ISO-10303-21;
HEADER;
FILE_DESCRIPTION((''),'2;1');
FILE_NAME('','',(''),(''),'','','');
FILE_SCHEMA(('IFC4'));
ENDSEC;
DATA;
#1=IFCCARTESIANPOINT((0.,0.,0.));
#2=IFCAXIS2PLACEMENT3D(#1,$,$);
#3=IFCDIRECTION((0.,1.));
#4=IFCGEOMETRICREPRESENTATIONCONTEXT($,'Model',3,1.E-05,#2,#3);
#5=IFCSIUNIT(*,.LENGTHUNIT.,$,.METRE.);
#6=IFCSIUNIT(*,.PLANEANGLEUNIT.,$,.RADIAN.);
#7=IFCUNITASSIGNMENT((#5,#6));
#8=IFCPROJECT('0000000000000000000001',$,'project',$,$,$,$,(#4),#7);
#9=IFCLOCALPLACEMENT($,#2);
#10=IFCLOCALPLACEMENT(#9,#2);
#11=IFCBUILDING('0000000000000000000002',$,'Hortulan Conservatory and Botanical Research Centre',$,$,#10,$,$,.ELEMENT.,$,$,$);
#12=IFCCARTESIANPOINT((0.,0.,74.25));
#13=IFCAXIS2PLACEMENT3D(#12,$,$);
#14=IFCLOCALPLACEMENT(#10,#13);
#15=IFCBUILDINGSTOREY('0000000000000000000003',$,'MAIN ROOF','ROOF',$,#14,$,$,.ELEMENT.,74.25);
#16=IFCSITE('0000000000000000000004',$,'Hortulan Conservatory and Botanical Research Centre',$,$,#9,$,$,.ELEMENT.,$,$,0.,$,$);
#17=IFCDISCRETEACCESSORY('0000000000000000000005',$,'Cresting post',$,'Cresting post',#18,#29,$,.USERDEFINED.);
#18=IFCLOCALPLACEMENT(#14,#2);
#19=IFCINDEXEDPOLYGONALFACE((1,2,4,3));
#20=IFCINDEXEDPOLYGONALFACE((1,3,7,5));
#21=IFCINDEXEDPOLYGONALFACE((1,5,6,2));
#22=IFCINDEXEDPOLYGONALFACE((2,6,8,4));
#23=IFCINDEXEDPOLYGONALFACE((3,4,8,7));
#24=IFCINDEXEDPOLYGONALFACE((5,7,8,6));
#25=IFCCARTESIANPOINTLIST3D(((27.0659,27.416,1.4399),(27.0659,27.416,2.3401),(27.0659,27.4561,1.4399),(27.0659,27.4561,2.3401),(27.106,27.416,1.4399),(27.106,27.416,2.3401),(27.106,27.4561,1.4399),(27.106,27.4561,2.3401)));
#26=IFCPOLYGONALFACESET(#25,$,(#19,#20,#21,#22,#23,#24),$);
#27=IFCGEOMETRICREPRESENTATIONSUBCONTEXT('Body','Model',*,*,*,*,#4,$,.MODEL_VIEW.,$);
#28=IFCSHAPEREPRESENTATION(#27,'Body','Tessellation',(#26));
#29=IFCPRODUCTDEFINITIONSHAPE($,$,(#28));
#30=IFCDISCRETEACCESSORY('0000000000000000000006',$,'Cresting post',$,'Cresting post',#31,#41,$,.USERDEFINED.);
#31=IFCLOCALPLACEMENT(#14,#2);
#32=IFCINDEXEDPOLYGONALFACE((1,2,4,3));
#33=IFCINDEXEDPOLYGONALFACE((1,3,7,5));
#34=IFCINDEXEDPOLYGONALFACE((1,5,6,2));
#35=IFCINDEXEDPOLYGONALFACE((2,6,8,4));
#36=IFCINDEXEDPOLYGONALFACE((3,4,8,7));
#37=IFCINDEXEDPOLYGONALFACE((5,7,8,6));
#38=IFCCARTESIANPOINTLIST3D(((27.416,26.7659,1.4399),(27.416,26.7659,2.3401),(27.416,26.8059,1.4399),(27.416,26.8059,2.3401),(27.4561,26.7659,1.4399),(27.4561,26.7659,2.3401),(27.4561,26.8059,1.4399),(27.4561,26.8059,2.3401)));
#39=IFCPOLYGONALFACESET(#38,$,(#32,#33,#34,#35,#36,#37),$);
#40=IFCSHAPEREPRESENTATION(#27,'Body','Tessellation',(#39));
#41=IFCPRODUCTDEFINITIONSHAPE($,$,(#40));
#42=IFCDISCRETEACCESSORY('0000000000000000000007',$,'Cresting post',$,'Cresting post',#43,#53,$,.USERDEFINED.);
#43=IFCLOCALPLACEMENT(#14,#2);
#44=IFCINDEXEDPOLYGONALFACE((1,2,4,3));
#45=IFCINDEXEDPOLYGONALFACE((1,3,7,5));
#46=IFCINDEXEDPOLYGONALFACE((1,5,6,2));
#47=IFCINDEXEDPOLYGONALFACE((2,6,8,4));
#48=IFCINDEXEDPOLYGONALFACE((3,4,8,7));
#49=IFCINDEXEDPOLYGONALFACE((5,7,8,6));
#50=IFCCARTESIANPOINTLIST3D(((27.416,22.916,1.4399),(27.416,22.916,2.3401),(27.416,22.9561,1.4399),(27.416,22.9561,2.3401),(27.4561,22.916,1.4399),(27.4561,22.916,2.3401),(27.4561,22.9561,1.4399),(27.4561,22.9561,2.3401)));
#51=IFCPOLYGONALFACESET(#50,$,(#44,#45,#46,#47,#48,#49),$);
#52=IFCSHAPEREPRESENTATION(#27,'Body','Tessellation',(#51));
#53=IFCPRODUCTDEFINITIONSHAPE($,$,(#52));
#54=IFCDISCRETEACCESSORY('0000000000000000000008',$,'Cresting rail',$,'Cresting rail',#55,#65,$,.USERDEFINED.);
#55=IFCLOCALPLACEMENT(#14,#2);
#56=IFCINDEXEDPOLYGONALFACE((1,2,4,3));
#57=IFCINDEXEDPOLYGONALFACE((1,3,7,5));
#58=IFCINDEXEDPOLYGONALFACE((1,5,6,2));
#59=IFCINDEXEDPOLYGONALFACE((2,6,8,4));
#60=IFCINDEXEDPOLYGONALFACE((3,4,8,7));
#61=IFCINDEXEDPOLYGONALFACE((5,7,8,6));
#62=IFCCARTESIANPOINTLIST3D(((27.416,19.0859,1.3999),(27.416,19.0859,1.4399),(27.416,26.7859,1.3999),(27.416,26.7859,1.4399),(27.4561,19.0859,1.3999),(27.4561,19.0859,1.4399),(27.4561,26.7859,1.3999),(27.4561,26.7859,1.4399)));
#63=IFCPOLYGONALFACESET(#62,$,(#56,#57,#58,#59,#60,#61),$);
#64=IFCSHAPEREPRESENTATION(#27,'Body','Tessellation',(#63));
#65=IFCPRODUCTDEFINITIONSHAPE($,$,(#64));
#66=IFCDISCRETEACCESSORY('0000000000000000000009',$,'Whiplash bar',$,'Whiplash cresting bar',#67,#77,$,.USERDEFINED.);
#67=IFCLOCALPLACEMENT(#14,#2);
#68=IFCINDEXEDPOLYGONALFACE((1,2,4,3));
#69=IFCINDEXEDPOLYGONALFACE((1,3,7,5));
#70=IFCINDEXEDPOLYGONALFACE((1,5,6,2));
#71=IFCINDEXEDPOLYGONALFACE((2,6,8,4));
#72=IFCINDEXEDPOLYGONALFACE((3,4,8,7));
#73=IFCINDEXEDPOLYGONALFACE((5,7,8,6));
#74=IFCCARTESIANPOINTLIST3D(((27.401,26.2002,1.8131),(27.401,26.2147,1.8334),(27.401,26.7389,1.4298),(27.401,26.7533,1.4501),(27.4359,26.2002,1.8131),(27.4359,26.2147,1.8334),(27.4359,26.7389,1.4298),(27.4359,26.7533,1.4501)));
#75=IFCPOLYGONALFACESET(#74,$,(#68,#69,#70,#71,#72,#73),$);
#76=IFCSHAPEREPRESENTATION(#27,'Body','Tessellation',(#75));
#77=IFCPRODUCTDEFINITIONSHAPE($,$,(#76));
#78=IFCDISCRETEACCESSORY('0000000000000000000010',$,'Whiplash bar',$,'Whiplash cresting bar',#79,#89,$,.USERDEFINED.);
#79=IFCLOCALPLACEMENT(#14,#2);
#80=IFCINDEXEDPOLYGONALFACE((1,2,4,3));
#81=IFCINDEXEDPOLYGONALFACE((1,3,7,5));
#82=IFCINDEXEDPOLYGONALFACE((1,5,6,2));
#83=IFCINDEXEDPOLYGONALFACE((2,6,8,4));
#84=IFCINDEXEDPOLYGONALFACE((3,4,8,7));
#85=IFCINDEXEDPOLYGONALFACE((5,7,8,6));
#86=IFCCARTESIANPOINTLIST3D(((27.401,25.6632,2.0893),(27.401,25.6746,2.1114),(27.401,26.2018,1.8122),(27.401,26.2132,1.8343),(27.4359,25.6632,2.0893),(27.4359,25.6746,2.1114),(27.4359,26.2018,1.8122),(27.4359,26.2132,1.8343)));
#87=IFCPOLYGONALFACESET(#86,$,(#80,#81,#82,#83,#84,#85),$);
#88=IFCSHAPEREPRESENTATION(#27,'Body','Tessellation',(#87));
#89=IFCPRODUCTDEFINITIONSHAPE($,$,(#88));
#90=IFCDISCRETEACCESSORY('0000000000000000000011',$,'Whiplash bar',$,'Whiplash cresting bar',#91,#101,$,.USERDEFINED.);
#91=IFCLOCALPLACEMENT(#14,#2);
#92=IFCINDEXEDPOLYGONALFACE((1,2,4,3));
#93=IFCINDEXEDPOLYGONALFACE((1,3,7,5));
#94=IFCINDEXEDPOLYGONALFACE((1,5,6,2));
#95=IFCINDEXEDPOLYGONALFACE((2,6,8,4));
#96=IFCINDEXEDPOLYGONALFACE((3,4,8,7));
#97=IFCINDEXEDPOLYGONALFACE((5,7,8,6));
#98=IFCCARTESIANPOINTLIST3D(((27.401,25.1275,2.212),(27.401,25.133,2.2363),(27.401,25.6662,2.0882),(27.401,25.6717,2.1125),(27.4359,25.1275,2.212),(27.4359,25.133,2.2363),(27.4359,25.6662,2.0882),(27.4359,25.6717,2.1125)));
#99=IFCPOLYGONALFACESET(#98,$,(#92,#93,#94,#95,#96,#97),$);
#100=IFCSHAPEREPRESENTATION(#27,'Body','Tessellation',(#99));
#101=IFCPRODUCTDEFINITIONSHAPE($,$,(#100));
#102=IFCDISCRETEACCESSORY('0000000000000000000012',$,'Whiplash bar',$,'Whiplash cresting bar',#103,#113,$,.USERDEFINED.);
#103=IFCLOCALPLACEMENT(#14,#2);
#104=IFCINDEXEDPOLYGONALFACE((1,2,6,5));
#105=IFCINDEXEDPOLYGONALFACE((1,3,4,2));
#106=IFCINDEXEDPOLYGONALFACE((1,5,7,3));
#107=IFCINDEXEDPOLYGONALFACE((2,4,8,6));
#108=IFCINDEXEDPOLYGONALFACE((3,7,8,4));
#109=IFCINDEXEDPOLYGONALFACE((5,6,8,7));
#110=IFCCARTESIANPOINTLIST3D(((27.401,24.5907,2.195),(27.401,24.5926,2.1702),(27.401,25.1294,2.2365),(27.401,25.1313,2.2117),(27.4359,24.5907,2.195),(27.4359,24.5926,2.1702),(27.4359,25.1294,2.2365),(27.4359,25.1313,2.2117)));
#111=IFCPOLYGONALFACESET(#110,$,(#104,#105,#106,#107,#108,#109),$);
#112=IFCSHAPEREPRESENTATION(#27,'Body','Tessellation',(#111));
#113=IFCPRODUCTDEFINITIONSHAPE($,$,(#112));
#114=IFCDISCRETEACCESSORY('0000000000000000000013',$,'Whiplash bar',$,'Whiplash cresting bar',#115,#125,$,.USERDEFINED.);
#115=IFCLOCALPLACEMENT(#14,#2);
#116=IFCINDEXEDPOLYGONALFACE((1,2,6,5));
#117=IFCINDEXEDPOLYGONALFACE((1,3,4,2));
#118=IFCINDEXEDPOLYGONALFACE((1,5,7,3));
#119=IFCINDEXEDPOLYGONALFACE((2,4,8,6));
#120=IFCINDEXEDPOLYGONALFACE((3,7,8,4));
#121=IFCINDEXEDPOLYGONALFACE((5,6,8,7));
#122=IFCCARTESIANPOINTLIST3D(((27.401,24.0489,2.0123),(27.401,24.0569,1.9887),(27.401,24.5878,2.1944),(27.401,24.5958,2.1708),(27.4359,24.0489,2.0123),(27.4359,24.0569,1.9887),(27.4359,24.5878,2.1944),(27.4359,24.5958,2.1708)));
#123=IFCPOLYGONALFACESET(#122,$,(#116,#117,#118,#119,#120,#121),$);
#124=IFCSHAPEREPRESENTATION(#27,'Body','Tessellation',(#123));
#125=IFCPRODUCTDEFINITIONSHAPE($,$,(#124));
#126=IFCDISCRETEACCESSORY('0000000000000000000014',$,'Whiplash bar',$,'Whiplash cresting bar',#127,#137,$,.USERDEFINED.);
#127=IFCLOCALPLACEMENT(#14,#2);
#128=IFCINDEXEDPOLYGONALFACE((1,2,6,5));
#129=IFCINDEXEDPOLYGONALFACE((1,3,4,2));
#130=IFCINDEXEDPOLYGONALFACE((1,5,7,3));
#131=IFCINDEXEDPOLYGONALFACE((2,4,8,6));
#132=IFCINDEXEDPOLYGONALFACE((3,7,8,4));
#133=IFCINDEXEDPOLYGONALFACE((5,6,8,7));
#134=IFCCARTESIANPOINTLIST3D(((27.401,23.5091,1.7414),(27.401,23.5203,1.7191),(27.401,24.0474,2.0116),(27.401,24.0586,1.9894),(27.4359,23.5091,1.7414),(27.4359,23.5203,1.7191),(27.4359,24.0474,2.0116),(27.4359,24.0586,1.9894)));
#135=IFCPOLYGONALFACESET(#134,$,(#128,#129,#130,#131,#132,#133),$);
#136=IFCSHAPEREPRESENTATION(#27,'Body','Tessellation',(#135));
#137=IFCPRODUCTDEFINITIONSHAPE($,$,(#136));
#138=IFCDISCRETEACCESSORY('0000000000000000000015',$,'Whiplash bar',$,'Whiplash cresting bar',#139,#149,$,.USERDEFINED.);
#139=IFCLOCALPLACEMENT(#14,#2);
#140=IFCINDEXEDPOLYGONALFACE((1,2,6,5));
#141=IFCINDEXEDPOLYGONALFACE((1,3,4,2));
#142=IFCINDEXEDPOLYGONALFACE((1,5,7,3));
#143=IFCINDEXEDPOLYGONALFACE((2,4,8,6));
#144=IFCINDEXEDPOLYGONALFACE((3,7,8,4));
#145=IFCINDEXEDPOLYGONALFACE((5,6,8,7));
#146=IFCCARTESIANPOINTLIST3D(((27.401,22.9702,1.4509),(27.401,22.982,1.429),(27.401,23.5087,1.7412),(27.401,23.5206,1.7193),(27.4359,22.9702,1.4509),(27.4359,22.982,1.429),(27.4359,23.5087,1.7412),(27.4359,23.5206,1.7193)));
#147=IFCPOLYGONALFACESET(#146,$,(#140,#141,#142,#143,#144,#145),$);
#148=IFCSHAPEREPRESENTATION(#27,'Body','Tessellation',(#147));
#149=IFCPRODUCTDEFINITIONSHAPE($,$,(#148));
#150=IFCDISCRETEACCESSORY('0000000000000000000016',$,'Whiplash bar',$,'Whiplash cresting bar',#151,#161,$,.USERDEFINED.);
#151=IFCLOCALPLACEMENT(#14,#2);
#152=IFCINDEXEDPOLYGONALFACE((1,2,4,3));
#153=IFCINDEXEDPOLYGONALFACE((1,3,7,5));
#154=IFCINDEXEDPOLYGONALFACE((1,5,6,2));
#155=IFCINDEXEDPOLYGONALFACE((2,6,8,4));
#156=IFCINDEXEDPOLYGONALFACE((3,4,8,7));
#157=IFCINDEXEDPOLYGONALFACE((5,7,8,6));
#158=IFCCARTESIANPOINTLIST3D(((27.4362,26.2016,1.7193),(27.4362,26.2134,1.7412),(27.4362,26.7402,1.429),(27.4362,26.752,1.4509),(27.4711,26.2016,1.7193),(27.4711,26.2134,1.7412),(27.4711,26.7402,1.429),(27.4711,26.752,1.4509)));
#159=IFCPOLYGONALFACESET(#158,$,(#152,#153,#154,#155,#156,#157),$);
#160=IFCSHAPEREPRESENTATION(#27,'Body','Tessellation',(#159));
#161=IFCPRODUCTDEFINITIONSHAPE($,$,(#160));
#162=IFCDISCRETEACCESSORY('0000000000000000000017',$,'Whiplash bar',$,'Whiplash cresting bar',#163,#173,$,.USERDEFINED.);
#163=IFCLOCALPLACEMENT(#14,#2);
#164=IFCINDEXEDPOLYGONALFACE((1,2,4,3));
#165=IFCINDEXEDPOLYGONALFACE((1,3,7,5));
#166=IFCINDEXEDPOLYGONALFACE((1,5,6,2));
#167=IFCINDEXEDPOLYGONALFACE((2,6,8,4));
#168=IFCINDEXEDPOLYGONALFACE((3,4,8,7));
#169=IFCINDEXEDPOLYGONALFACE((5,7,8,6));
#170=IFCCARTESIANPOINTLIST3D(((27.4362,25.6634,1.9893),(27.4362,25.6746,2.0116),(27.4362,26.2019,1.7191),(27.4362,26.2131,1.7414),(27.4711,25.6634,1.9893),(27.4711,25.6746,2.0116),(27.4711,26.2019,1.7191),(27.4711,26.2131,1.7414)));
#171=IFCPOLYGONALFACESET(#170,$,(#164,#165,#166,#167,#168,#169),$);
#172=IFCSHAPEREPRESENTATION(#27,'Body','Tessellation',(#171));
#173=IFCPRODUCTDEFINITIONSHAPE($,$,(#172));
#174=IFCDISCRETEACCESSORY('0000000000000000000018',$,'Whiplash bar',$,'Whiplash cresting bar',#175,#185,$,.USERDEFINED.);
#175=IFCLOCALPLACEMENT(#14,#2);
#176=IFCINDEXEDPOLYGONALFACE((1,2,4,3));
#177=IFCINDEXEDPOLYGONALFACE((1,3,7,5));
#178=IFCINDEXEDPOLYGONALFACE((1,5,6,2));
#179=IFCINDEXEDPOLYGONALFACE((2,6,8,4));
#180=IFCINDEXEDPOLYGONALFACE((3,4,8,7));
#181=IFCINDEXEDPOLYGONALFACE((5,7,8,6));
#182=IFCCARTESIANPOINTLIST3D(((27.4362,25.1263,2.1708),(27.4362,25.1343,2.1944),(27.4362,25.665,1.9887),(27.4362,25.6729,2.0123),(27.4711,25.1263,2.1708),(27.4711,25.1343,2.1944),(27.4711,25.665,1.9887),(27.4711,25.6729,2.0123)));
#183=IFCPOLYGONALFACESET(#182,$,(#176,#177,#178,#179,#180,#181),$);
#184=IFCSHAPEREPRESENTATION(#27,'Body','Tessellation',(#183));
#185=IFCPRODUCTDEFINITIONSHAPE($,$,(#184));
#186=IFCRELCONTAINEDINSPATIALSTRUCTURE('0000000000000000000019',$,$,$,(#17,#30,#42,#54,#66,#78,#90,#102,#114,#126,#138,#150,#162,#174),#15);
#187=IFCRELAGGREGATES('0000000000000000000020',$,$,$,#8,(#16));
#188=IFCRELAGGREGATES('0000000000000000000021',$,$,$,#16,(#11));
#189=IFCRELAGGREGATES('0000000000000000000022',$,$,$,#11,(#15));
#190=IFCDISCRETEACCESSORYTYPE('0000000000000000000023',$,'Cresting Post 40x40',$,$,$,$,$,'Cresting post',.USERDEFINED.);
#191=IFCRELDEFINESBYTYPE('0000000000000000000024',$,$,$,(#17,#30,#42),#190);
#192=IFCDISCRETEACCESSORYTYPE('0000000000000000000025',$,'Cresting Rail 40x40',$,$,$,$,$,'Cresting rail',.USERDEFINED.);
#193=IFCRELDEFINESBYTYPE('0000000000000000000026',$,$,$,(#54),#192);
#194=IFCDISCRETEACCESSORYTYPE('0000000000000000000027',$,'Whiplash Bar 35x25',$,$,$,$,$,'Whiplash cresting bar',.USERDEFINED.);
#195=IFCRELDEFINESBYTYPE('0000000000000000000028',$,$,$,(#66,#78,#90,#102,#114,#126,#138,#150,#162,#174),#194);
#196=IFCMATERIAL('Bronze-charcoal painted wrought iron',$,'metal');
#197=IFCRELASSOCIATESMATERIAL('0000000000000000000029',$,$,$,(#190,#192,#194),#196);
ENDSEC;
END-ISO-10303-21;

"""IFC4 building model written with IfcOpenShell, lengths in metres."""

from ifc_helpers import new_model, si_unit, direction, frame, origin, origin_2d, place, context, subcontext, project, spatial, rectangle, extrude, material, material_profile, profile_set, type_object, element, save


model = new_model("IFC4")

# Units and contexts
model_context = context("Model", 3, precision=1e-05, world=origin(), true_north=direction((0.0, 1.0)))
body_context = subcontext(model_context, "Body", "Model", "MODEL_VIEW")
ifc_project = project(units=[si_unit("LENGTHUNIT", "METRE"), si_unit("PLANEANGLEUNIT", "RADIAN")], contexts=[model_context])

# Site, building, storey
site_placement = place(None, origin())
site = spatial("IfcSite", under=ifc_project, at=site_placement, Name="Hortulan Conservatory and Botanical Research Centre", CompositionType="ELEMENT", RefElevation=0.0)
building_placement = place(site_placement, origin())
building = spatial("IfcBuilding", under=site, at=building_placement, Name="Hortulan Conservatory and Botanical Research Centre", CompositionType="ELEMENT")
storey_placement = place(building_placement, frame((0.0, 0.0, 74.25)))
storey = spatial("IfcBuildingStorey", under=building, at=storey_placement, Name="MAIN ROOF", Description="ROOF", CompositionType="ELEMENT", Elevation=74.25)

# Discrete accessories
ifc_material = material(Name="Bronze-charcoal painted wrought iron", Category="metal")
ifc_material_profile_1 = material_profile(ifc_material, rectangle(XDim=0.04, YDim=0.04, at=origin_2d()), Name="Square bar 40x40")
ifc_profile_set_1 = profile_set([ifc_material_profile_1], Name="Bronze-charcoal painted wrought iron")
discrete_accessory_type_1 = type_object("IfcDiscreteAccessoryType", Name="Cresting Post 40x40", ElementType="Cresting post", PredefinedType="USERDEFINED", material=ifc_profile_set_1)
for number, where, z_axis, x_axis, name in (
    (1, (27.0859, 27.436, 1.4399), (0.0, 0.0, 1.0), (1.0, 0.0, 0.0), "Cresting post"),
    (2, (27.436, 26.7859, 1.4399), (0.0, 0.0, 1.0), (1.0, 0.0, 0.0), "Cresting post"),
    (3, (27.436, 22.936, 1.4399), (0.0, 0.0, 1.0), (1.0, 0.0, 0.0), "Cresting post"),
):
    element("IfcDiscreteAccessory", number, at=place(storey_placement, frame(where, z_axis=z_axis, x_axis=x_axis)), inside=storey, type_object=discrete_accessory_type_1, Name=name, ObjectType="Cresting post", PredefinedType="USERDEFINED", context=body_context, shape_type="SweptSolid", body=[
        extrude(rectangle(XDim=0.04, YDim=0.04, at=origin_2d()), origin(), (0.0, 0.0, 1.0), 0.9001),
    ])
ifc_material_profile_2 = material_profile(ifc_material, rectangle(XDim=0.04, YDim=0.04, at=origin_2d()), Name="Square bar 40x40")
ifc_profile_set_2 = profile_set([ifc_material_profile_2], Name="Bronze-charcoal painted wrought iron")
discrete_accessory_type_2 = type_object("IfcDiscreteAccessoryType", Name="Cresting Rail 40x40", ElementType="Cresting rail", PredefinedType="USERDEFINED", material=ifc_profile_set_2)
discrete_accessory_1_placement = place(storey_placement, frame((27.436, 26.7859, 1.4199), z_axis=(0.0, -1.0, 0.0), x_axis=(1.0, 0.0, 0.0)))
element("IfcDiscreteAccessory", 4, at=discrete_accessory_1_placement, inside=storey, type_object=discrete_accessory_type_2, Name="Cresting rail", ObjectType="Cresting rail", PredefinedType="USERDEFINED", context=body_context, shape_type="SweptSolid", body=[
    extrude(rectangle(XDim=0.04, YDim=0.04, at=origin_2d()), origin(), (0.0, 0.0, 1.0), 7.7),
])
ifc_material_profile_3 = material_profile(ifc_material, rectangle(XDim=0.0349, YDim=0.0249, at=origin_2d()), Name="Flat bar 35x25")
ifc_profile_set_3 = profile_set([ifc_material_profile_3], Name="Bronze-charcoal painted wrought iron")
discrete_accessory_type_3 = type_object("IfcDiscreteAccessoryType", Name="Whiplash Bar 35x25", ElementType="Whiplash cresting bar", PredefinedType="USERDEFINED", material=ifc_profile_set_3)
discrete_accessory_2_placement = place(storey_placement, frame((27.4185, 26.7461, 1.4399), z_axis=(0.0, -0.81473, 0.57984), x_axis=(1.0, 0.0, 0.0)))
element("IfcDiscreteAccessory", 5, at=discrete_accessory_2_placement, inside=storey, type_object=discrete_accessory_type_3, Name="Whiplash bar", ObjectType="Whiplash cresting bar", PredefinedType="USERDEFINED", context=body_context, shape_type="SweptSolid", body=[
    extrude(rectangle(XDim=0.0349, YDim=0.0249, at=origin_2d()), origin(), (0.0, 0.0, 1.0), 0.6611),
])
discrete_accessory_3_placement = place(storey_placement, frame((27.4185, 26.2075, 1.8232), z_axis=(0.0, -0.889208, 0.457503), x_axis=(1.0, 0.0, 0.0)))
element("IfcDiscreteAccessory", 6, at=discrete_accessory_3_placement, inside=storey, type_object=discrete_accessory_type_3, Name="Whiplash bar", ObjectType="Whiplash cresting bar", PredefinedType="USERDEFINED", context=body_context, shape_type="SweptSolid", body=[
    extrude(rectangle(XDim=0.0349, YDim=0.0249, at=origin_2d()), origin(), (0.0, 0.0, 1.0), 0.6057),
])
discrete_accessory_4_placement = place(storey_placement, frame((27.4185, 25.6689, 2.1003), z_axis=(0.0, -0.974592, 0.223988), x_axis=(1.0, 0.0, 0.0)))
element("IfcDiscreteAccessory", 7, at=discrete_accessory_4_placement, inside=storey, type_object=discrete_accessory_type_3, Name="Whiplash bar", ObjectType="Whiplash cresting bar", PredefinedType="USERDEFINED", context=body_context, shape_type="SweptSolid", body=[
    extrude(rectangle(XDim=0.0349, YDim=0.0249, at=origin_2d()), origin(), (0.0, 0.0, 1.0), 0.5527),
])
discrete_accessory_5_placement = place(storey_placement, frame((27.4185, 25.1304, 2.2241), z_axis=(0.0, -0.997044, -0.076835), x_axis=(1.0, 0.0, 0.0)))
element("IfcDiscreteAccessory", 8, at=discrete_accessory_5_placement, inside=storey, type_object=discrete_accessory_type_3, Name="Whiplash bar", ObjectType="Whiplash cresting bar", PredefinedType="USERDEFINED", context=body_context, shape_type="SweptSolid", body=[
    extrude(rectangle(XDim=0.0349, YDim=0.0249, at=origin_2d()), origin(), (0.0, 0.0, 1.0), 0.5403),
])
discrete_accessory_6_placement = place(storey_placement, frame((27.4185, 24.5918, 2.1826), z_axis=(0.0, -0.947344, -0.320217), x_axis=(1.0, 0.0, 0.0)))
element("IfcDiscreteAccessory", 9, at=discrete_accessory_6_placement, inside=storey, type_object=discrete_accessory_type_3, Name="Whiplash bar", ObjectType="Whiplash cresting bar", PredefinedType="USERDEFINED", context=body_context, shape_type="SweptSolid", body=[
    extrude(rectangle(XDim=0.0349, YDim=0.0249, at=origin_2d()), origin(), (0.0, 0.0, 1.0), 0.5688),
])
discrete_accessory_7_placement = place(storey_placement, frame((27.4185, 24.053, 2.0005), z_axis=(0.0, -0.893696, -0.448672), x_axis=(1.0, 0.0, 0.0)))
element("IfcDiscreteAccessory", 10, at=discrete_accessory_7_placement, inside=storey, type_object=discrete_accessory_type_3, Name="Whiplash bar", ObjectType="Whiplash cresting bar", PredefinedType="USERDEFINED", context=body_context, shape_type="SweptSolid", body=[
    extrude(rectangle(XDim=0.0349, YDim=0.0249, at=origin_2d()), origin(), (0.0, 0.0, 1.0), 0.6023),
])
for number, where, z_axis, x_axis, name in (
    (11, (27.4185, 23.5146, 1.7302), (0.0, -0.880279, -0.474457), (1.0, 0.0, 0.0), "Whiplash bar"),
    (12, (27.4536, 26.7461, 1.4399), (0.0, -0.880279, 0.474457), (1.0, 0.0, 0.0), "Whiplash bar"),
):
    element("IfcDiscreteAccessory", number, at=place(storey_placement, frame(where, z_axis=z_axis, x_axis=x_axis)), inside=storey, type_object=discrete_accessory_type_3, Name=name, ObjectType="Whiplash cresting bar", PredefinedType="USERDEFINED", context=body_context, shape_type="SweptSolid", body=[
        extrude(rectangle(XDim=0.0349, YDim=0.0249, at=origin_2d()), origin(), (0.0, 0.0, 1.0), 0.6118),
    ])
discrete_accessory_8_placement = place(storey_placement, frame((27.4536, 26.2075, 1.7302), z_axis=(0.0, -0.893778, 0.44851), x_axis=(1.0, 0.0, 0.0)))
element("IfcDiscreteAccessory", 13, at=discrete_accessory_8_placement, inside=storey, type_object=discrete_accessory_type_3, Name="Whiplash bar", ObjectType="Whiplash cresting bar", PredefinedType="USERDEFINED", context=body_context, shape_type="SweptSolid", body=[
    extrude(rectangle(XDim=0.0349, YDim=0.0249, at=origin_2d()), origin(), (0.0, 0.0, 1.0), 0.6025),
])
discrete_accessory_9_placement = place(storey_placement, frame((27.4536, 25.6689, 2.0005), z_axis=(0.0, -0.9473, 0.320347), x_axis=(1.0, 0.0, 0.0)))
element("IfcDiscreteAccessory", 14, at=discrete_accessory_9_placement, inside=storey, type_object=discrete_accessory_type_3, Name="Whiplash bar", ObjectType="Whiplash cresting bar", PredefinedType="USERDEFINED", context=body_context, shape_type="SweptSolid", body=[
    extrude(rectangle(XDim=0.0349, YDim=0.0249, at=origin_2d()), origin(), (0.0, 0.0, 1.0), 0.5686),
])

save(model, "model.ifc")
